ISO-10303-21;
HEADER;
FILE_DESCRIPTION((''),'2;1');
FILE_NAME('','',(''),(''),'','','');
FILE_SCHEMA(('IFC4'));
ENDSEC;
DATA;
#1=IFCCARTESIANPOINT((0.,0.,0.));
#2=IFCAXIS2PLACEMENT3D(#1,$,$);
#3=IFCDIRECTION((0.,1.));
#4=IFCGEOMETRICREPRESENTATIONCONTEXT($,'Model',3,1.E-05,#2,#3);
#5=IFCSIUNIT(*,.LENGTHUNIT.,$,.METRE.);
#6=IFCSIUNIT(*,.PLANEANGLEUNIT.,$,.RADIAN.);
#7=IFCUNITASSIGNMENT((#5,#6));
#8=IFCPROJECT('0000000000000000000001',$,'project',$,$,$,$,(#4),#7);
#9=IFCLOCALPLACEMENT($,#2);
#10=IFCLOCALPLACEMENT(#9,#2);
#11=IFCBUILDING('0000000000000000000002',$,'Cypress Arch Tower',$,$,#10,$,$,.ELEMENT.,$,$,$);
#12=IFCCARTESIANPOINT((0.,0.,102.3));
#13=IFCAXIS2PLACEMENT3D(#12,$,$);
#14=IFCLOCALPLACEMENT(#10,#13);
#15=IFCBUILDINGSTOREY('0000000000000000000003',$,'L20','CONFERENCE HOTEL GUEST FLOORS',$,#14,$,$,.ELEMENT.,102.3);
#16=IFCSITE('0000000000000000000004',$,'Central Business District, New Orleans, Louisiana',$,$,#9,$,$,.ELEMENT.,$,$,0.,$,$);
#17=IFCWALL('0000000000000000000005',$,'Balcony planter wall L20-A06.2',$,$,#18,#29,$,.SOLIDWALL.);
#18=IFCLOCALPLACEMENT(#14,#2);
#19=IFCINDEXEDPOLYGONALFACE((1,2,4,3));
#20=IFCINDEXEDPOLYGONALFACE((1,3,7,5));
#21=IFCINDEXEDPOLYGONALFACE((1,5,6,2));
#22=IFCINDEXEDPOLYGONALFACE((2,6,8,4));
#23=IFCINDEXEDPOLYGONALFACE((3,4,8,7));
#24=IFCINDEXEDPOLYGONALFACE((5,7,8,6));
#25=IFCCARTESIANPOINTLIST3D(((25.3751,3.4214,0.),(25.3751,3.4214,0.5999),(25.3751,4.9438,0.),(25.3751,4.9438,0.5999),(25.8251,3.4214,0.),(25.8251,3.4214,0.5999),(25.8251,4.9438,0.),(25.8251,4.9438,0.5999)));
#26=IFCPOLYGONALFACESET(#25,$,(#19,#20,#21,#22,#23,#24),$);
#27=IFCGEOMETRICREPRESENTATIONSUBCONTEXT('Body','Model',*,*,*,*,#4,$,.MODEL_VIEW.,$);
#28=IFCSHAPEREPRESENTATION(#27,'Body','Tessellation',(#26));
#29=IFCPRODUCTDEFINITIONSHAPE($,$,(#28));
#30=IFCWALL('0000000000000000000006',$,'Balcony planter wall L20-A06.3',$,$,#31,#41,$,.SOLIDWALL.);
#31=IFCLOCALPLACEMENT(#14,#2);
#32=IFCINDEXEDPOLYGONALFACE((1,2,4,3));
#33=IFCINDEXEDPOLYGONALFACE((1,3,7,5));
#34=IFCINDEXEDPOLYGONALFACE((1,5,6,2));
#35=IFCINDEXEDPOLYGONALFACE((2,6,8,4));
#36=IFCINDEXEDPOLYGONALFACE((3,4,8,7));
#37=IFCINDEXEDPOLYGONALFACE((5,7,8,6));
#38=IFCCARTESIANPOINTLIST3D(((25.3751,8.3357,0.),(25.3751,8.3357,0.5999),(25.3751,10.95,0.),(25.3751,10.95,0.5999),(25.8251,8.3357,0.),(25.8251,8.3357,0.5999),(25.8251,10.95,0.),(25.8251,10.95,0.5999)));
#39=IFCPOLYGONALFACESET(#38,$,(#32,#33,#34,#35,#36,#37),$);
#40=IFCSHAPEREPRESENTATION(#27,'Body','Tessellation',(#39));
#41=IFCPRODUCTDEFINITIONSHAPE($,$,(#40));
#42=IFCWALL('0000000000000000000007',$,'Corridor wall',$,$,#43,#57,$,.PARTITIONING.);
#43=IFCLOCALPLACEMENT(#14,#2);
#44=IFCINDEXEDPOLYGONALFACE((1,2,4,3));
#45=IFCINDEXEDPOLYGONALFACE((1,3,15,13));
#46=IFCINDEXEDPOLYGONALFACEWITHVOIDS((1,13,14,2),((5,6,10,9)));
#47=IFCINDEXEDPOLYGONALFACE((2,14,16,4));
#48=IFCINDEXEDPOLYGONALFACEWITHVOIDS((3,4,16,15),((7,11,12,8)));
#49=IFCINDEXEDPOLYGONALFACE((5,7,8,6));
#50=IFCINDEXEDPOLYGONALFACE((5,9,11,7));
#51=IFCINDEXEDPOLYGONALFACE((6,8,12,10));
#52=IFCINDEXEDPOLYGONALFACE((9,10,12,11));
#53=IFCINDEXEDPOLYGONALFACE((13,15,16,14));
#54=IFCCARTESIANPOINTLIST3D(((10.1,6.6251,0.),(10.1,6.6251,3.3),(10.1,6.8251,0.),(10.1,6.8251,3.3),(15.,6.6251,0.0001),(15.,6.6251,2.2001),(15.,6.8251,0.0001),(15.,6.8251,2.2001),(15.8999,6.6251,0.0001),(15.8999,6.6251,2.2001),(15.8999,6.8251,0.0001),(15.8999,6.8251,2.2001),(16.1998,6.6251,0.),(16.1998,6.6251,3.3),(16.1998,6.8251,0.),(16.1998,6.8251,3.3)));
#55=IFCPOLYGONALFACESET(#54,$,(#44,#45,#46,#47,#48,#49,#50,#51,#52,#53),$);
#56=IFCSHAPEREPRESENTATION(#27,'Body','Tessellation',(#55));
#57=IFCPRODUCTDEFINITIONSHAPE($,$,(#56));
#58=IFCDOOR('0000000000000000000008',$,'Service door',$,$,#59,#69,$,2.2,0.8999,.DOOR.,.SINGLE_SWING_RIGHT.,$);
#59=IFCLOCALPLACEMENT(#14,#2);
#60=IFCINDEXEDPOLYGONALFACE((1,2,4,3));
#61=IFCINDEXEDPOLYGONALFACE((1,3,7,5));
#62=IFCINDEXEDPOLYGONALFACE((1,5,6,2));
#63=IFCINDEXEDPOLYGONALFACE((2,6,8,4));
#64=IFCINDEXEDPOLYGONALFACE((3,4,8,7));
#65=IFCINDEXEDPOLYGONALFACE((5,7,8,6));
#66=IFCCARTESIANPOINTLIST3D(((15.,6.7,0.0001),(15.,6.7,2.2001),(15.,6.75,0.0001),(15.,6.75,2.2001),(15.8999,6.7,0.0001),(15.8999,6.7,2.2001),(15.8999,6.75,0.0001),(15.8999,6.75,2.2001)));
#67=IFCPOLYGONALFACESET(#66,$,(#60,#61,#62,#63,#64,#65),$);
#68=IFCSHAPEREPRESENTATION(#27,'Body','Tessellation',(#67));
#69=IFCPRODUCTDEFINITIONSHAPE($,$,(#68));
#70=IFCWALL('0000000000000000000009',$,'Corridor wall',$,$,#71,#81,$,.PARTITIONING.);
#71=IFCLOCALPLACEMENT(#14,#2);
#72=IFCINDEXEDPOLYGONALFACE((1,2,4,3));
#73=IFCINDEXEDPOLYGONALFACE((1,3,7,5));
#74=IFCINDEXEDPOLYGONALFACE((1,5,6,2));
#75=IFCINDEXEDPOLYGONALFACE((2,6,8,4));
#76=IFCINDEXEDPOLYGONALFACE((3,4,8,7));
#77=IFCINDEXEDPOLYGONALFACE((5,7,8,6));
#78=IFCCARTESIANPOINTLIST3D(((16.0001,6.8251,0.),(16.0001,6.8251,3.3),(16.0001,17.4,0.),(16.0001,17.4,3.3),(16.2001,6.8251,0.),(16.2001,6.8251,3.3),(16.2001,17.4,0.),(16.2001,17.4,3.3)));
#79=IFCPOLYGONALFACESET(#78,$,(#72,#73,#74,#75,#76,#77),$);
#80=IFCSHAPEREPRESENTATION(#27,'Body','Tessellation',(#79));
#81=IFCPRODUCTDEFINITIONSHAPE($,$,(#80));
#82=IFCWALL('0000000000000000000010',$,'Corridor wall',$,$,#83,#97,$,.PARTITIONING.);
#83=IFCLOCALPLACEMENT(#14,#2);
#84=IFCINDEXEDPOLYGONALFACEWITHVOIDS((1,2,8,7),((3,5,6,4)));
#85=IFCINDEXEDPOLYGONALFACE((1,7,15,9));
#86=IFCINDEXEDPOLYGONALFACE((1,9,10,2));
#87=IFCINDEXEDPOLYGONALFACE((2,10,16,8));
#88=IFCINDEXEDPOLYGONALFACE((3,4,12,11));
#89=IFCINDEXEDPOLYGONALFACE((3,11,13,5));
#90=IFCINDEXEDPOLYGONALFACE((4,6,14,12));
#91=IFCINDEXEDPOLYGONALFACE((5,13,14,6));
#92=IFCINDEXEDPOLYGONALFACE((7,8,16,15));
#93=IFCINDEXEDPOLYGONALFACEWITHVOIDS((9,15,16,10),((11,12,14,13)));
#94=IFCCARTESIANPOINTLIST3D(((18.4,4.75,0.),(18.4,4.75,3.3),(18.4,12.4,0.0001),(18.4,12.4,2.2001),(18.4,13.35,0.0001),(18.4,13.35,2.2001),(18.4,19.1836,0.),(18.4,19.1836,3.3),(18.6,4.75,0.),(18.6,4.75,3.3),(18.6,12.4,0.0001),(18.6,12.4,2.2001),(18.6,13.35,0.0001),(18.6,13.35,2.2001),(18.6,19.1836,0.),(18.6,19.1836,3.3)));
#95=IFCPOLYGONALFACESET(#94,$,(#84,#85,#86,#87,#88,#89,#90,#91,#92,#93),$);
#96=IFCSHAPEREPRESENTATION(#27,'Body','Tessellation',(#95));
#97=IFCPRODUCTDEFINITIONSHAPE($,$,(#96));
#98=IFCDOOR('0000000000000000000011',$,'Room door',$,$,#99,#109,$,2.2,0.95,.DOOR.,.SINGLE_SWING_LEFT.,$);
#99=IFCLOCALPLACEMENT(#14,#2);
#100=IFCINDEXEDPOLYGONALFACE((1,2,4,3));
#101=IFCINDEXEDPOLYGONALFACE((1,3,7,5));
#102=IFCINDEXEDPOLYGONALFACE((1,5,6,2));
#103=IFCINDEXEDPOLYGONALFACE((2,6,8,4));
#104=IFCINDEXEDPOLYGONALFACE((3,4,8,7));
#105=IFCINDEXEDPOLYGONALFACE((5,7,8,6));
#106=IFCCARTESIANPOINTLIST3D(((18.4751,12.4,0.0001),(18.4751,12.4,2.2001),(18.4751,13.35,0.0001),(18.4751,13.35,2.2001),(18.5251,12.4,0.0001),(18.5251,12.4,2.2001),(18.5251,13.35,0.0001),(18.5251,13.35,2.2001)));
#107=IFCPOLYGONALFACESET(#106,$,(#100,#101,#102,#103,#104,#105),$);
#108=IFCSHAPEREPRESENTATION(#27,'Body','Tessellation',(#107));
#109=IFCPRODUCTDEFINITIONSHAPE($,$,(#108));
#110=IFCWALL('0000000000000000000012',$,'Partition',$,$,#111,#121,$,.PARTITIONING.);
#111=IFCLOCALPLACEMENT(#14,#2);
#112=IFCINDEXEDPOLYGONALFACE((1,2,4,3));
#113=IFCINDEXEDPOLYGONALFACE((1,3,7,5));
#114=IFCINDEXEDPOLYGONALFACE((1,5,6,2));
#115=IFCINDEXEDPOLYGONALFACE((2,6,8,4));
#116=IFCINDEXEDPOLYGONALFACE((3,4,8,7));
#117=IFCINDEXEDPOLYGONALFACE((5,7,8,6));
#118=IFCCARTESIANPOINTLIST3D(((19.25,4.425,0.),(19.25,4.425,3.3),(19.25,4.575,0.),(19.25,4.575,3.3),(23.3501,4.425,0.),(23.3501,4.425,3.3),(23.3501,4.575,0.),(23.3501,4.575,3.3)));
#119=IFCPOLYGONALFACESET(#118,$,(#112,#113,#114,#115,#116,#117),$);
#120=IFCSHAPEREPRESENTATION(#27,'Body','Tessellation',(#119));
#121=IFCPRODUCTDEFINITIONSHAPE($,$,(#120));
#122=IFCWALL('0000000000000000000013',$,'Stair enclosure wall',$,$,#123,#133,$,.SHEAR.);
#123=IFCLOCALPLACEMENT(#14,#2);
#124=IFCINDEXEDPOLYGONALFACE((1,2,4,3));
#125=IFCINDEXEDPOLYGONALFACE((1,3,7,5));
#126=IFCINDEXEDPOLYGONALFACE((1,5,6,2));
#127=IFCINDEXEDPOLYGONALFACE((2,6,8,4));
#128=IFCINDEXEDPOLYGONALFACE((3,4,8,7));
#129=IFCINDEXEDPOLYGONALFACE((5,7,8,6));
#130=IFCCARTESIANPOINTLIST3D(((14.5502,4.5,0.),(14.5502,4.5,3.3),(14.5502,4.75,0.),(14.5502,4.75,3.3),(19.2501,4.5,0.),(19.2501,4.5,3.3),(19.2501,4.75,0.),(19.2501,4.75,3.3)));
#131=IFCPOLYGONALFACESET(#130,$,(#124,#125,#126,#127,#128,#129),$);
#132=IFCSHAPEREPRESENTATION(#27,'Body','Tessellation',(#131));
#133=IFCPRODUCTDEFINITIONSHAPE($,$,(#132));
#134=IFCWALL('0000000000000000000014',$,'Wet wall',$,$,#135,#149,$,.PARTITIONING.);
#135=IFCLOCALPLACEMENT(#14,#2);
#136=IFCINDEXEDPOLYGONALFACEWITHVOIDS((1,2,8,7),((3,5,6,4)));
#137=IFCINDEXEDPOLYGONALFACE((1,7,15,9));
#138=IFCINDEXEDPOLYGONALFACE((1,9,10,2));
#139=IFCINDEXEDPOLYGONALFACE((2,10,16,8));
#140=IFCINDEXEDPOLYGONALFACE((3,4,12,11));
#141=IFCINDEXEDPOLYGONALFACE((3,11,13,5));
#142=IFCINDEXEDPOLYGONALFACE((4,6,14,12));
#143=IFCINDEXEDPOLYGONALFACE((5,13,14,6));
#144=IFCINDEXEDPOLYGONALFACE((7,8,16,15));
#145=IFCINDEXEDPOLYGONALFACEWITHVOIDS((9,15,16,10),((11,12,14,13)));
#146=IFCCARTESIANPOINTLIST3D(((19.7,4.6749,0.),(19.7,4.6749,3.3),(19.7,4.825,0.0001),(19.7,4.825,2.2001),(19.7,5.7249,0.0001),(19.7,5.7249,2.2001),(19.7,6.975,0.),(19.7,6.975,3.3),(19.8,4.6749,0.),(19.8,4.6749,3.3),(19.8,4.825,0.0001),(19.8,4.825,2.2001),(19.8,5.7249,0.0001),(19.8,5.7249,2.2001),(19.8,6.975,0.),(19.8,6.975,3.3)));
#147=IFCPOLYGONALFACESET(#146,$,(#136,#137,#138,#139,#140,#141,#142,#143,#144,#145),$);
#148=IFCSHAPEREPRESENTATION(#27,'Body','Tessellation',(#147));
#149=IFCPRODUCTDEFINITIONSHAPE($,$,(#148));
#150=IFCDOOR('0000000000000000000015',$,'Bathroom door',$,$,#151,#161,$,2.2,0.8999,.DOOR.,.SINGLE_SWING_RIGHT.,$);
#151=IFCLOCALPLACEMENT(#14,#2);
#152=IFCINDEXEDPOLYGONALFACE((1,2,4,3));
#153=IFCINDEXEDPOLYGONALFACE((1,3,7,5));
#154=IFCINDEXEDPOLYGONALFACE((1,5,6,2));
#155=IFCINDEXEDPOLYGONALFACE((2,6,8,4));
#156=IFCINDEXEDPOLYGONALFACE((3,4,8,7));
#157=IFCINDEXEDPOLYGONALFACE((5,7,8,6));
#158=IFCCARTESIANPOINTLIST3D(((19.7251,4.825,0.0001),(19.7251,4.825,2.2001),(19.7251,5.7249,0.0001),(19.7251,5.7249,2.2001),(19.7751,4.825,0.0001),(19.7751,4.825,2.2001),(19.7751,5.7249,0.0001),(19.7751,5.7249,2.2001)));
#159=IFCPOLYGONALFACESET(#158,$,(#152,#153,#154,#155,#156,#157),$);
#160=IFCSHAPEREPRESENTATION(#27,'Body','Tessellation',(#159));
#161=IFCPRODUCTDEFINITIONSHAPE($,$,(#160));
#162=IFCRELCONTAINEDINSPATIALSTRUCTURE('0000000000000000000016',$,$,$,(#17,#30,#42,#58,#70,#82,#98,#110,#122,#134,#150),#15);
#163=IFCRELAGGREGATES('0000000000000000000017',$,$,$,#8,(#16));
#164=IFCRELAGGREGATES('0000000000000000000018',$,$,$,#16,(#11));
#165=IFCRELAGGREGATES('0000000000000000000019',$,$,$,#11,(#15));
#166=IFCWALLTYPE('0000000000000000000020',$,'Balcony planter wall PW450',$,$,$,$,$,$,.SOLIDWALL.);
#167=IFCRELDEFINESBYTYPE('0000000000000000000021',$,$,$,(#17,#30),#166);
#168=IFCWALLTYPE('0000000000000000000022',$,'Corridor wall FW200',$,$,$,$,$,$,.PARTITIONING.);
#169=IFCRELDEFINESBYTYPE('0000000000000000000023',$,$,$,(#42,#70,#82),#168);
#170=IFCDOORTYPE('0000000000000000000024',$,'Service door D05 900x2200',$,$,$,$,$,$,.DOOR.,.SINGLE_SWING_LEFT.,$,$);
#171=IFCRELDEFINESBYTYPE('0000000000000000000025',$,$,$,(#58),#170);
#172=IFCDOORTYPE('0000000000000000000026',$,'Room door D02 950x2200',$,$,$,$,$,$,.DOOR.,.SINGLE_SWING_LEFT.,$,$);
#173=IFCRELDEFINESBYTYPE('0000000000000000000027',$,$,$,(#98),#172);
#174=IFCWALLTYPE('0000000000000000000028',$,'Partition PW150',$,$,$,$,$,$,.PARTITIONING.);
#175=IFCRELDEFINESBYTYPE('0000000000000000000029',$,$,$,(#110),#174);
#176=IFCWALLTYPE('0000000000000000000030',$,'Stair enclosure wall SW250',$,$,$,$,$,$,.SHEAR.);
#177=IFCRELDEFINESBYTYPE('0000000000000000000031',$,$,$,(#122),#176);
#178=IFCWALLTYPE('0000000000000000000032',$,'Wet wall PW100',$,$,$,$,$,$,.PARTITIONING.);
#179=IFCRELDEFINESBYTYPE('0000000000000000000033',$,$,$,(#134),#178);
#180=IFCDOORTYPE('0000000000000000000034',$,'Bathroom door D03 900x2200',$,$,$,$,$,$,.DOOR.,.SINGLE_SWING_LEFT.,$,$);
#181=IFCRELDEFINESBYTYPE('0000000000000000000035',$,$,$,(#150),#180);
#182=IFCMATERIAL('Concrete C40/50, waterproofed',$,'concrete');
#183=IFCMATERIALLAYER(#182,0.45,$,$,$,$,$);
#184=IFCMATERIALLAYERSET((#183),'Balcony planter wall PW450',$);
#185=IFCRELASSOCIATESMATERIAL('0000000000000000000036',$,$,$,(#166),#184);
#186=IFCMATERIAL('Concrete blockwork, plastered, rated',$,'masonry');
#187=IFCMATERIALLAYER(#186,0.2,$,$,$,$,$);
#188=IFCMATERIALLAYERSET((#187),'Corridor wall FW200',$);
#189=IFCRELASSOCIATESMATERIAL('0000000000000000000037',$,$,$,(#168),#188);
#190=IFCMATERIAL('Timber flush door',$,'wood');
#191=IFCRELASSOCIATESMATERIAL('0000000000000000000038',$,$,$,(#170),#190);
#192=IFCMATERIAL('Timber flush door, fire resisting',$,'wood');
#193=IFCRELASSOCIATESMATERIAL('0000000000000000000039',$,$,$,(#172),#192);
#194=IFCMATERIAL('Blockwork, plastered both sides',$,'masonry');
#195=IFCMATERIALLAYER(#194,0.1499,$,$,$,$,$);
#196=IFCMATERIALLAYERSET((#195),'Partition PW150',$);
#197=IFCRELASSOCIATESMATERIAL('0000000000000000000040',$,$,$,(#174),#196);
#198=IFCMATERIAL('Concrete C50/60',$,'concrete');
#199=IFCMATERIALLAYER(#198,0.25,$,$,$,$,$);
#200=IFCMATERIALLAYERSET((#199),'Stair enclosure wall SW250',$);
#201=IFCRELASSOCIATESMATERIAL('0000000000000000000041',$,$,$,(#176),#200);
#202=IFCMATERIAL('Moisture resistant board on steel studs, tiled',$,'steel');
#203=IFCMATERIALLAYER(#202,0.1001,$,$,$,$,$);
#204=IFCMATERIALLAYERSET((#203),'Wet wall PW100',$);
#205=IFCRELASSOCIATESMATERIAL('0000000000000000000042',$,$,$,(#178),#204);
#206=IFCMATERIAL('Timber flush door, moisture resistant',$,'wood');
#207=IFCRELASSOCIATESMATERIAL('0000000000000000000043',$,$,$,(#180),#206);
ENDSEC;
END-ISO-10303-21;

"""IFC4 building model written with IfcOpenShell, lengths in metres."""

from ifc_helpers import new_model, si_unit, direction, frame, frame_2d, origin, place, context, subcontext, project, spatial, rectangle, extrude, material, layer, layer_set, type_object, element, fill, save


model = new_model("IFC4")

# Units and contexts
model_context = context("Model", 3, precision=1e-05, world=origin(), true_north=direction((0.0, 1.0)))
body_context = subcontext(model_context, "Body", "Model", "MODEL_VIEW")
ifc_project = project(units=[si_unit("LENGTHUNIT", "METRE"), si_unit("PLANEANGLEUNIT", "RADIAN")], contexts=[model_context])

# Site, building, storey
site_placement = place(None, origin())
site = spatial("IfcSite", under=ifc_project, at=site_placement, Name="Central Business District, New Orleans, Louisiana", CompositionType="ELEMENT", RefElevation=0.0)
building_placement = place(site_placement, origin())
building = spatial("IfcBuilding", under=site, at=building_placement, Name="Cypress Arch Tower", CompositionType="ELEMENT")
storey_placement = place(building_placement, frame((0.0, 0.0, 102.3)))
storey = spatial("IfcBuildingStorey", under=building, at=storey_placement, Name="L20", Description="CONFERENCE HOTEL GUEST FLOORS", CompositionType="ELEMENT", Elevation=102.3)

# Walls
ifc_material_1 = material(Name="Concrete C40/50, waterproofed", Category="concrete")
ifc_layer_1 = layer(ifc_material_1, 0.45)
ifc_layer_set_1 = layer_set([ifc_layer_1], Name="Balcony planter wall PW450")
wall_type_1 = type_object("IfcWallType", Name="Balcony planter wall PW450", PredefinedType="SOLIDWALL", material=ifc_layer_set_1)
wall_1_placement = place(storey_placement, frame((25.6001, 3.4214, 0.0), z_axis=(0.0, 0.0, 1.0), x_axis=(0.0, 1.0, 0.0)))
element("IfcWall", 1, at=wall_1_placement, inside=storey, type_object=wall_type_1, Name="Balcony planter wall L20-A06.2", PredefinedType="SOLIDWALL", context=body_context, shape_type="SweptSolid", body=[
    extrude(rectangle(XDim=1.5225, YDim=0.45, at=frame_2d((0.7612, 0.0))), origin(), (0.0, 0.0, 1.0), 0.5999),
])
wall_2_placement = place(storey_placement, frame((25.6001, 8.3357, 0.0), z_axis=(0.0, 0.0, 1.0), x_axis=(0.0, 1.0, 0.0)))
element("IfcWall", 2, at=wall_2_placement, inside=storey, type_object=wall_type_1, Name="Balcony planter wall L20-A06.3", PredefinedType="SOLIDWALL", context=body_context, shape_type="SweptSolid", body=[
    extrude(rectangle(XDim=2.6143, YDim=0.45, at=frame_2d((1.3071, 0.0))), origin(), (0.0, 0.0, 1.0), 0.5999),
])

# Wall, opening, door
ifc_material_2 = material(Name="Concrete blockwork, plastered, rated", Category="masonry")
ifc_layer_2 = layer(ifc_material_2, 0.2)
ifc_layer_set_2 = layer_set([ifc_layer_2], Name="Corridor wall FW200")
wall_type_2 = type_object("IfcWallType", Name="Corridor wall FW200", PredefinedType="PARTITIONING", material=ifc_layer_set_2)
wall_3_placement = place(storey_placement, frame((10.1001, 6.7251, 0.0), z_axis=(0.0, 0.0, 1.0), x_axis=(1.0, 0.0, 0.0)))
wall_3 = element("IfcWall", 3, at=wall_3_placement, inside=storey, type_object=wall_type_2, Name="Corridor wall", PredefinedType="PARTITIONING", context=body_context, shape_type="SweptSolid", body=[
    extrude(rectangle(XDim=6.0999, YDim=0.2, at=frame_2d((3.0498, 0.0))), origin(), (0.0, 0.0, 1.0), 3.3),
])
opening_1_placement = place(wall_3_placement, frame((4.8999, 0.0, 0.0)))
opening_1 = element("IfcOpeningElement", 4, at=opening_1_placement, cuts=wall_3, PredefinedType="OPENING", context=body_context, shape_type="SweptSolid", body=[
    extrude(rectangle(XDim=0.8999, YDim=2.2, at=frame_2d((0.45, 1.1001))), frame((0.0, 0.1099, 0.0), z_axis=(0.0, -1.0, 0.0), x_axis=(1.0, 0.0, 0.0)), (0.0, 0.0, 1.0), 0.22),
])
ifc_material_3 = material(Name="Timber flush door", Category="wood")
door_type_1 = type_object("IfcDoorType", Name="Service door D05 900x2200", OperationType="SINGLE_SWING_LEFT", PredefinedType="DOOR", material=ifc_material_3)
door_1_placement = place(opening_1_placement, origin())
door_1 = element("IfcDoor", 5, at=door_1_placement, inside=storey, type_object=door_type_1, Name="Service door", OperationType="SINGLE_SWING_RIGHT", OverallHeight=2.2, OverallWidth=0.8999, PredefinedType="DOOR", context=body_context, shape_type="SweptSolid", body=[
    extrude(rectangle(XDim=0.8999, YDim=2.2, at=frame_2d((0.45, 1.1001))), frame((0.0, 0.0249, 0.0), z_axis=(0.0, -1.0, 0.0), x_axis=(1.0, 0.0, 0.0)), (0.0, 0.0, 1.0), 0.05),
])
fill(opening_1, door_1)

# Wall
wall_4_placement = place(storey_placement, frame((16.1001, 6.825, 0.0), z_axis=(0.0, 0.0, 1.0), x_axis=(0.0, 1.0, 0.0)))
element("IfcWall", 6, at=wall_4_placement, inside=storey, type_object=wall_type_2, Name="Corridor wall", PredefinedType="PARTITIONING", context=body_context, shape_type="SweptSolid", body=[
    extrude(rectangle(XDim=10.575, YDim=0.2, at=frame_2d((5.2876, 0.0))), origin(), (0.0, 0.0, 1.0), 3.3),
])

# Wall, opening, door
wall_5_placement = place(storey_placement, frame((18.5, 4.75, 0.0), z_axis=(0.0, 0.0, 1.0), x_axis=(0.0, 1.0, 0.0)))
wall_5 = element("IfcWall", 7, at=wall_5_placement, inside=storey, type_object=wall_type_2, Name="Corridor wall", PredefinedType="PARTITIONING", context=body_context, shape_type="SweptSolid", body=[
    extrude(rectangle(XDim=14.4336, YDim=0.2, at=frame_2d((7.2168, 0.0))), origin(), (0.0, 0.0, 1.0), 3.3),
])
opening_2_placement = place(wall_5_placement, frame((7.6499, 0.0, 0.0)))
opening_2 = element("IfcOpeningElement", 8, at=opening_2_placement, cuts=wall_5, PredefinedType="OPENING", context=body_context, shape_type="SweptSolid", body=[
    extrude(rectangle(XDim=0.95, YDim=2.2, at=frame_2d((0.4751, 1.1001))), frame((0.0, 0.1099, 0.0), z_axis=(0.0, -1.0, 0.0), x_axis=(1.0, 0.0, 0.0)), (0.0, 0.0, 1.0), 0.22),
])
ifc_material_4 = material(Name="Timber flush door, fire resisting", Category="wood")
door_type_2 = type_object("IfcDoorType", Name="Room door D02 950x2200", OperationType="SINGLE_SWING_LEFT", PredefinedType="DOOR", material=ifc_material_4)
door_2_placement = place(opening_2_placement, origin())
door_2 = element("IfcDoor", 9, at=door_2_placement, inside=storey, type_object=door_type_2, Name="Room door", OperationType="SINGLE_SWING_LEFT", OverallHeight=2.2, OverallWidth=0.95, PredefinedType="DOOR", context=body_context, shape_type="SweptSolid", body=[
    extrude(rectangle(XDim=0.95, YDim=2.2, at=frame_2d((0.4751, 1.1001))), frame((0.0, 0.0249, 0.0), z_axis=(0.0, -1.0, 0.0), x_axis=(1.0, 0.0, 0.0)), (0.0, 0.0, 1.0), 0.05),
])
fill(opening_2, door_2)

# Walls
ifc_material_5 = material(Name="Blockwork, plastered both sides", Category="masonry")
ifc_layer_3 = layer(ifc_material_5, 0.1499)
ifc_layer_set_3 = layer_set([ifc_layer_3], Name="Partition PW150")
wall_type_3 = type_object("IfcWallType", Name="Partition PW150", PredefinedType="PARTITIONING", material=ifc_layer_set_3)
wall_6_placement = place(storey_placement, frame((19.25, 4.5, 0.0), z_axis=(0.0, 0.0, 1.0), x_axis=(1.0, 0.0, 0.0)))
element("IfcWall", 10, at=wall_6_placement, inside=storey, type_object=wall_type_3, Name="Partition", PredefinedType="PARTITIONING", context=body_context, shape_type="SweptSolid", body=[
    extrude(rectangle(XDim=4.1001, YDim=0.1499, at=frame_2d((2.05, 0.0))), origin(), (0.0, 0.0, 1.0), 3.3),
])
ifc_material_6 = material(Name="Concrete C50/60", Category="concrete")
ifc_layer_4 = layer(ifc_material_6, 0.25)
ifc_layer_set_4 = layer_set([ifc_layer_4], Name="Stair enclosure wall SW250")
wall_type_4 = type_object("IfcWallType", Name="Stair enclosure wall SW250", PredefinedType="SHEAR", material=ifc_layer_set_4)
wall_7_placement = place(storey_placement, frame((14.55, 4.625, 0.0), z_axis=(0.0, 0.0, 1.0), x_axis=(1.0, 0.0, 0.0)))
element("IfcWall", 11, at=wall_7_placement, inside=storey, type_object=wall_type_4, Name="Stair enclosure wall", PredefinedType="SHEAR", context=body_context, shape_type="SweptSolid", body=[
    extrude(rectangle(XDim=4.7, YDim=0.25, at=frame_2d((2.3501, 0.0))), origin(), (0.0, 0.0, 1.0), 3.3),
])

# Wall, opening, door
ifc_material_7 = material(Name="Moisture resistant board on steel studs, tiled", Category="steel")
ifc_layer_5 = layer(ifc_material_7, 0.1001)
ifc_layer_set_5 = layer_set([ifc_layer_5], Name="Wet wall PW100")
wall_type_5 = type_object("IfcWallType", Name="Wet wall PW100", PredefinedType="PARTITIONING", material=ifc_layer_set_5)
wall_8_placement = place(storey_placement, frame((19.75, 4.675, 0.0), z_axis=(0.0, 0.0, 1.0), x_axis=(0.0, 1.0, 0.0)))
wall_8 = element("IfcWall", 12, at=wall_8_placement, inside=storey, type_object=wall_type_5, Name="Wet wall", PredefinedType="PARTITIONING", context=body_context, shape_type="SweptSolid", body=[
    extrude(rectangle(XDim=2.3, YDim=0.1001, at=frame_2d((1.1499, 0.0))), origin(), (0.0, 0.0, 1.0), 3.3),
])
opening_3_placement = place(wall_8_placement, frame((0.1499, 0.0, 0.0)))
opening_3 = element("IfcOpeningElement", 13, at=opening_3_placement, cuts=wall_8, PredefinedType="OPENING", context=body_context, shape_type="SweptSolid", body=[
    extrude(rectangle(XDim=0.8999, YDim=2.2, at=frame_2d((0.45, 1.1001))), frame((0.0, 0.0601, 0.0), z_axis=(0.0, -1.0, 0.0), x_axis=(1.0, 0.0, 0.0)), (0.0, 0.0, 1.0), 0.1201),
])
ifc_material_8 = material(Name="Timber flush door, moisture resistant", Category="wood")
door_type_3 = type_object("IfcDoorType", Name="Bathroom door D03 900x2200", OperationType="SINGLE_SWING_LEFT", PredefinedType="DOOR", material=ifc_material_8)
door_3_placement = place(opening_3_placement, origin())
door_3 = element("IfcDoor", 14, at=door_3_placement, inside=storey, type_object=door_type_3, Name="Bathroom door", OperationType="SINGLE_SWING_RIGHT", OverallHeight=2.2, OverallWidth=0.8999, PredefinedType="DOOR", context=body_context, shape_type="SweptSolid", body=[
    extrude(rectangle(XDim=0.8999, YDim=2.2, at=frame_2d((0.45, 1.1001))), frame((0.0, 0.0249, 0.0), z_axis=(0.0, -1.0, 0.0), x_axis=(1.0, 0.0, 0.0)), (0.0, 0.0, 1.0), 0.05),
])
fill(opening_3, door_3)

save(model, "model.ifc")
